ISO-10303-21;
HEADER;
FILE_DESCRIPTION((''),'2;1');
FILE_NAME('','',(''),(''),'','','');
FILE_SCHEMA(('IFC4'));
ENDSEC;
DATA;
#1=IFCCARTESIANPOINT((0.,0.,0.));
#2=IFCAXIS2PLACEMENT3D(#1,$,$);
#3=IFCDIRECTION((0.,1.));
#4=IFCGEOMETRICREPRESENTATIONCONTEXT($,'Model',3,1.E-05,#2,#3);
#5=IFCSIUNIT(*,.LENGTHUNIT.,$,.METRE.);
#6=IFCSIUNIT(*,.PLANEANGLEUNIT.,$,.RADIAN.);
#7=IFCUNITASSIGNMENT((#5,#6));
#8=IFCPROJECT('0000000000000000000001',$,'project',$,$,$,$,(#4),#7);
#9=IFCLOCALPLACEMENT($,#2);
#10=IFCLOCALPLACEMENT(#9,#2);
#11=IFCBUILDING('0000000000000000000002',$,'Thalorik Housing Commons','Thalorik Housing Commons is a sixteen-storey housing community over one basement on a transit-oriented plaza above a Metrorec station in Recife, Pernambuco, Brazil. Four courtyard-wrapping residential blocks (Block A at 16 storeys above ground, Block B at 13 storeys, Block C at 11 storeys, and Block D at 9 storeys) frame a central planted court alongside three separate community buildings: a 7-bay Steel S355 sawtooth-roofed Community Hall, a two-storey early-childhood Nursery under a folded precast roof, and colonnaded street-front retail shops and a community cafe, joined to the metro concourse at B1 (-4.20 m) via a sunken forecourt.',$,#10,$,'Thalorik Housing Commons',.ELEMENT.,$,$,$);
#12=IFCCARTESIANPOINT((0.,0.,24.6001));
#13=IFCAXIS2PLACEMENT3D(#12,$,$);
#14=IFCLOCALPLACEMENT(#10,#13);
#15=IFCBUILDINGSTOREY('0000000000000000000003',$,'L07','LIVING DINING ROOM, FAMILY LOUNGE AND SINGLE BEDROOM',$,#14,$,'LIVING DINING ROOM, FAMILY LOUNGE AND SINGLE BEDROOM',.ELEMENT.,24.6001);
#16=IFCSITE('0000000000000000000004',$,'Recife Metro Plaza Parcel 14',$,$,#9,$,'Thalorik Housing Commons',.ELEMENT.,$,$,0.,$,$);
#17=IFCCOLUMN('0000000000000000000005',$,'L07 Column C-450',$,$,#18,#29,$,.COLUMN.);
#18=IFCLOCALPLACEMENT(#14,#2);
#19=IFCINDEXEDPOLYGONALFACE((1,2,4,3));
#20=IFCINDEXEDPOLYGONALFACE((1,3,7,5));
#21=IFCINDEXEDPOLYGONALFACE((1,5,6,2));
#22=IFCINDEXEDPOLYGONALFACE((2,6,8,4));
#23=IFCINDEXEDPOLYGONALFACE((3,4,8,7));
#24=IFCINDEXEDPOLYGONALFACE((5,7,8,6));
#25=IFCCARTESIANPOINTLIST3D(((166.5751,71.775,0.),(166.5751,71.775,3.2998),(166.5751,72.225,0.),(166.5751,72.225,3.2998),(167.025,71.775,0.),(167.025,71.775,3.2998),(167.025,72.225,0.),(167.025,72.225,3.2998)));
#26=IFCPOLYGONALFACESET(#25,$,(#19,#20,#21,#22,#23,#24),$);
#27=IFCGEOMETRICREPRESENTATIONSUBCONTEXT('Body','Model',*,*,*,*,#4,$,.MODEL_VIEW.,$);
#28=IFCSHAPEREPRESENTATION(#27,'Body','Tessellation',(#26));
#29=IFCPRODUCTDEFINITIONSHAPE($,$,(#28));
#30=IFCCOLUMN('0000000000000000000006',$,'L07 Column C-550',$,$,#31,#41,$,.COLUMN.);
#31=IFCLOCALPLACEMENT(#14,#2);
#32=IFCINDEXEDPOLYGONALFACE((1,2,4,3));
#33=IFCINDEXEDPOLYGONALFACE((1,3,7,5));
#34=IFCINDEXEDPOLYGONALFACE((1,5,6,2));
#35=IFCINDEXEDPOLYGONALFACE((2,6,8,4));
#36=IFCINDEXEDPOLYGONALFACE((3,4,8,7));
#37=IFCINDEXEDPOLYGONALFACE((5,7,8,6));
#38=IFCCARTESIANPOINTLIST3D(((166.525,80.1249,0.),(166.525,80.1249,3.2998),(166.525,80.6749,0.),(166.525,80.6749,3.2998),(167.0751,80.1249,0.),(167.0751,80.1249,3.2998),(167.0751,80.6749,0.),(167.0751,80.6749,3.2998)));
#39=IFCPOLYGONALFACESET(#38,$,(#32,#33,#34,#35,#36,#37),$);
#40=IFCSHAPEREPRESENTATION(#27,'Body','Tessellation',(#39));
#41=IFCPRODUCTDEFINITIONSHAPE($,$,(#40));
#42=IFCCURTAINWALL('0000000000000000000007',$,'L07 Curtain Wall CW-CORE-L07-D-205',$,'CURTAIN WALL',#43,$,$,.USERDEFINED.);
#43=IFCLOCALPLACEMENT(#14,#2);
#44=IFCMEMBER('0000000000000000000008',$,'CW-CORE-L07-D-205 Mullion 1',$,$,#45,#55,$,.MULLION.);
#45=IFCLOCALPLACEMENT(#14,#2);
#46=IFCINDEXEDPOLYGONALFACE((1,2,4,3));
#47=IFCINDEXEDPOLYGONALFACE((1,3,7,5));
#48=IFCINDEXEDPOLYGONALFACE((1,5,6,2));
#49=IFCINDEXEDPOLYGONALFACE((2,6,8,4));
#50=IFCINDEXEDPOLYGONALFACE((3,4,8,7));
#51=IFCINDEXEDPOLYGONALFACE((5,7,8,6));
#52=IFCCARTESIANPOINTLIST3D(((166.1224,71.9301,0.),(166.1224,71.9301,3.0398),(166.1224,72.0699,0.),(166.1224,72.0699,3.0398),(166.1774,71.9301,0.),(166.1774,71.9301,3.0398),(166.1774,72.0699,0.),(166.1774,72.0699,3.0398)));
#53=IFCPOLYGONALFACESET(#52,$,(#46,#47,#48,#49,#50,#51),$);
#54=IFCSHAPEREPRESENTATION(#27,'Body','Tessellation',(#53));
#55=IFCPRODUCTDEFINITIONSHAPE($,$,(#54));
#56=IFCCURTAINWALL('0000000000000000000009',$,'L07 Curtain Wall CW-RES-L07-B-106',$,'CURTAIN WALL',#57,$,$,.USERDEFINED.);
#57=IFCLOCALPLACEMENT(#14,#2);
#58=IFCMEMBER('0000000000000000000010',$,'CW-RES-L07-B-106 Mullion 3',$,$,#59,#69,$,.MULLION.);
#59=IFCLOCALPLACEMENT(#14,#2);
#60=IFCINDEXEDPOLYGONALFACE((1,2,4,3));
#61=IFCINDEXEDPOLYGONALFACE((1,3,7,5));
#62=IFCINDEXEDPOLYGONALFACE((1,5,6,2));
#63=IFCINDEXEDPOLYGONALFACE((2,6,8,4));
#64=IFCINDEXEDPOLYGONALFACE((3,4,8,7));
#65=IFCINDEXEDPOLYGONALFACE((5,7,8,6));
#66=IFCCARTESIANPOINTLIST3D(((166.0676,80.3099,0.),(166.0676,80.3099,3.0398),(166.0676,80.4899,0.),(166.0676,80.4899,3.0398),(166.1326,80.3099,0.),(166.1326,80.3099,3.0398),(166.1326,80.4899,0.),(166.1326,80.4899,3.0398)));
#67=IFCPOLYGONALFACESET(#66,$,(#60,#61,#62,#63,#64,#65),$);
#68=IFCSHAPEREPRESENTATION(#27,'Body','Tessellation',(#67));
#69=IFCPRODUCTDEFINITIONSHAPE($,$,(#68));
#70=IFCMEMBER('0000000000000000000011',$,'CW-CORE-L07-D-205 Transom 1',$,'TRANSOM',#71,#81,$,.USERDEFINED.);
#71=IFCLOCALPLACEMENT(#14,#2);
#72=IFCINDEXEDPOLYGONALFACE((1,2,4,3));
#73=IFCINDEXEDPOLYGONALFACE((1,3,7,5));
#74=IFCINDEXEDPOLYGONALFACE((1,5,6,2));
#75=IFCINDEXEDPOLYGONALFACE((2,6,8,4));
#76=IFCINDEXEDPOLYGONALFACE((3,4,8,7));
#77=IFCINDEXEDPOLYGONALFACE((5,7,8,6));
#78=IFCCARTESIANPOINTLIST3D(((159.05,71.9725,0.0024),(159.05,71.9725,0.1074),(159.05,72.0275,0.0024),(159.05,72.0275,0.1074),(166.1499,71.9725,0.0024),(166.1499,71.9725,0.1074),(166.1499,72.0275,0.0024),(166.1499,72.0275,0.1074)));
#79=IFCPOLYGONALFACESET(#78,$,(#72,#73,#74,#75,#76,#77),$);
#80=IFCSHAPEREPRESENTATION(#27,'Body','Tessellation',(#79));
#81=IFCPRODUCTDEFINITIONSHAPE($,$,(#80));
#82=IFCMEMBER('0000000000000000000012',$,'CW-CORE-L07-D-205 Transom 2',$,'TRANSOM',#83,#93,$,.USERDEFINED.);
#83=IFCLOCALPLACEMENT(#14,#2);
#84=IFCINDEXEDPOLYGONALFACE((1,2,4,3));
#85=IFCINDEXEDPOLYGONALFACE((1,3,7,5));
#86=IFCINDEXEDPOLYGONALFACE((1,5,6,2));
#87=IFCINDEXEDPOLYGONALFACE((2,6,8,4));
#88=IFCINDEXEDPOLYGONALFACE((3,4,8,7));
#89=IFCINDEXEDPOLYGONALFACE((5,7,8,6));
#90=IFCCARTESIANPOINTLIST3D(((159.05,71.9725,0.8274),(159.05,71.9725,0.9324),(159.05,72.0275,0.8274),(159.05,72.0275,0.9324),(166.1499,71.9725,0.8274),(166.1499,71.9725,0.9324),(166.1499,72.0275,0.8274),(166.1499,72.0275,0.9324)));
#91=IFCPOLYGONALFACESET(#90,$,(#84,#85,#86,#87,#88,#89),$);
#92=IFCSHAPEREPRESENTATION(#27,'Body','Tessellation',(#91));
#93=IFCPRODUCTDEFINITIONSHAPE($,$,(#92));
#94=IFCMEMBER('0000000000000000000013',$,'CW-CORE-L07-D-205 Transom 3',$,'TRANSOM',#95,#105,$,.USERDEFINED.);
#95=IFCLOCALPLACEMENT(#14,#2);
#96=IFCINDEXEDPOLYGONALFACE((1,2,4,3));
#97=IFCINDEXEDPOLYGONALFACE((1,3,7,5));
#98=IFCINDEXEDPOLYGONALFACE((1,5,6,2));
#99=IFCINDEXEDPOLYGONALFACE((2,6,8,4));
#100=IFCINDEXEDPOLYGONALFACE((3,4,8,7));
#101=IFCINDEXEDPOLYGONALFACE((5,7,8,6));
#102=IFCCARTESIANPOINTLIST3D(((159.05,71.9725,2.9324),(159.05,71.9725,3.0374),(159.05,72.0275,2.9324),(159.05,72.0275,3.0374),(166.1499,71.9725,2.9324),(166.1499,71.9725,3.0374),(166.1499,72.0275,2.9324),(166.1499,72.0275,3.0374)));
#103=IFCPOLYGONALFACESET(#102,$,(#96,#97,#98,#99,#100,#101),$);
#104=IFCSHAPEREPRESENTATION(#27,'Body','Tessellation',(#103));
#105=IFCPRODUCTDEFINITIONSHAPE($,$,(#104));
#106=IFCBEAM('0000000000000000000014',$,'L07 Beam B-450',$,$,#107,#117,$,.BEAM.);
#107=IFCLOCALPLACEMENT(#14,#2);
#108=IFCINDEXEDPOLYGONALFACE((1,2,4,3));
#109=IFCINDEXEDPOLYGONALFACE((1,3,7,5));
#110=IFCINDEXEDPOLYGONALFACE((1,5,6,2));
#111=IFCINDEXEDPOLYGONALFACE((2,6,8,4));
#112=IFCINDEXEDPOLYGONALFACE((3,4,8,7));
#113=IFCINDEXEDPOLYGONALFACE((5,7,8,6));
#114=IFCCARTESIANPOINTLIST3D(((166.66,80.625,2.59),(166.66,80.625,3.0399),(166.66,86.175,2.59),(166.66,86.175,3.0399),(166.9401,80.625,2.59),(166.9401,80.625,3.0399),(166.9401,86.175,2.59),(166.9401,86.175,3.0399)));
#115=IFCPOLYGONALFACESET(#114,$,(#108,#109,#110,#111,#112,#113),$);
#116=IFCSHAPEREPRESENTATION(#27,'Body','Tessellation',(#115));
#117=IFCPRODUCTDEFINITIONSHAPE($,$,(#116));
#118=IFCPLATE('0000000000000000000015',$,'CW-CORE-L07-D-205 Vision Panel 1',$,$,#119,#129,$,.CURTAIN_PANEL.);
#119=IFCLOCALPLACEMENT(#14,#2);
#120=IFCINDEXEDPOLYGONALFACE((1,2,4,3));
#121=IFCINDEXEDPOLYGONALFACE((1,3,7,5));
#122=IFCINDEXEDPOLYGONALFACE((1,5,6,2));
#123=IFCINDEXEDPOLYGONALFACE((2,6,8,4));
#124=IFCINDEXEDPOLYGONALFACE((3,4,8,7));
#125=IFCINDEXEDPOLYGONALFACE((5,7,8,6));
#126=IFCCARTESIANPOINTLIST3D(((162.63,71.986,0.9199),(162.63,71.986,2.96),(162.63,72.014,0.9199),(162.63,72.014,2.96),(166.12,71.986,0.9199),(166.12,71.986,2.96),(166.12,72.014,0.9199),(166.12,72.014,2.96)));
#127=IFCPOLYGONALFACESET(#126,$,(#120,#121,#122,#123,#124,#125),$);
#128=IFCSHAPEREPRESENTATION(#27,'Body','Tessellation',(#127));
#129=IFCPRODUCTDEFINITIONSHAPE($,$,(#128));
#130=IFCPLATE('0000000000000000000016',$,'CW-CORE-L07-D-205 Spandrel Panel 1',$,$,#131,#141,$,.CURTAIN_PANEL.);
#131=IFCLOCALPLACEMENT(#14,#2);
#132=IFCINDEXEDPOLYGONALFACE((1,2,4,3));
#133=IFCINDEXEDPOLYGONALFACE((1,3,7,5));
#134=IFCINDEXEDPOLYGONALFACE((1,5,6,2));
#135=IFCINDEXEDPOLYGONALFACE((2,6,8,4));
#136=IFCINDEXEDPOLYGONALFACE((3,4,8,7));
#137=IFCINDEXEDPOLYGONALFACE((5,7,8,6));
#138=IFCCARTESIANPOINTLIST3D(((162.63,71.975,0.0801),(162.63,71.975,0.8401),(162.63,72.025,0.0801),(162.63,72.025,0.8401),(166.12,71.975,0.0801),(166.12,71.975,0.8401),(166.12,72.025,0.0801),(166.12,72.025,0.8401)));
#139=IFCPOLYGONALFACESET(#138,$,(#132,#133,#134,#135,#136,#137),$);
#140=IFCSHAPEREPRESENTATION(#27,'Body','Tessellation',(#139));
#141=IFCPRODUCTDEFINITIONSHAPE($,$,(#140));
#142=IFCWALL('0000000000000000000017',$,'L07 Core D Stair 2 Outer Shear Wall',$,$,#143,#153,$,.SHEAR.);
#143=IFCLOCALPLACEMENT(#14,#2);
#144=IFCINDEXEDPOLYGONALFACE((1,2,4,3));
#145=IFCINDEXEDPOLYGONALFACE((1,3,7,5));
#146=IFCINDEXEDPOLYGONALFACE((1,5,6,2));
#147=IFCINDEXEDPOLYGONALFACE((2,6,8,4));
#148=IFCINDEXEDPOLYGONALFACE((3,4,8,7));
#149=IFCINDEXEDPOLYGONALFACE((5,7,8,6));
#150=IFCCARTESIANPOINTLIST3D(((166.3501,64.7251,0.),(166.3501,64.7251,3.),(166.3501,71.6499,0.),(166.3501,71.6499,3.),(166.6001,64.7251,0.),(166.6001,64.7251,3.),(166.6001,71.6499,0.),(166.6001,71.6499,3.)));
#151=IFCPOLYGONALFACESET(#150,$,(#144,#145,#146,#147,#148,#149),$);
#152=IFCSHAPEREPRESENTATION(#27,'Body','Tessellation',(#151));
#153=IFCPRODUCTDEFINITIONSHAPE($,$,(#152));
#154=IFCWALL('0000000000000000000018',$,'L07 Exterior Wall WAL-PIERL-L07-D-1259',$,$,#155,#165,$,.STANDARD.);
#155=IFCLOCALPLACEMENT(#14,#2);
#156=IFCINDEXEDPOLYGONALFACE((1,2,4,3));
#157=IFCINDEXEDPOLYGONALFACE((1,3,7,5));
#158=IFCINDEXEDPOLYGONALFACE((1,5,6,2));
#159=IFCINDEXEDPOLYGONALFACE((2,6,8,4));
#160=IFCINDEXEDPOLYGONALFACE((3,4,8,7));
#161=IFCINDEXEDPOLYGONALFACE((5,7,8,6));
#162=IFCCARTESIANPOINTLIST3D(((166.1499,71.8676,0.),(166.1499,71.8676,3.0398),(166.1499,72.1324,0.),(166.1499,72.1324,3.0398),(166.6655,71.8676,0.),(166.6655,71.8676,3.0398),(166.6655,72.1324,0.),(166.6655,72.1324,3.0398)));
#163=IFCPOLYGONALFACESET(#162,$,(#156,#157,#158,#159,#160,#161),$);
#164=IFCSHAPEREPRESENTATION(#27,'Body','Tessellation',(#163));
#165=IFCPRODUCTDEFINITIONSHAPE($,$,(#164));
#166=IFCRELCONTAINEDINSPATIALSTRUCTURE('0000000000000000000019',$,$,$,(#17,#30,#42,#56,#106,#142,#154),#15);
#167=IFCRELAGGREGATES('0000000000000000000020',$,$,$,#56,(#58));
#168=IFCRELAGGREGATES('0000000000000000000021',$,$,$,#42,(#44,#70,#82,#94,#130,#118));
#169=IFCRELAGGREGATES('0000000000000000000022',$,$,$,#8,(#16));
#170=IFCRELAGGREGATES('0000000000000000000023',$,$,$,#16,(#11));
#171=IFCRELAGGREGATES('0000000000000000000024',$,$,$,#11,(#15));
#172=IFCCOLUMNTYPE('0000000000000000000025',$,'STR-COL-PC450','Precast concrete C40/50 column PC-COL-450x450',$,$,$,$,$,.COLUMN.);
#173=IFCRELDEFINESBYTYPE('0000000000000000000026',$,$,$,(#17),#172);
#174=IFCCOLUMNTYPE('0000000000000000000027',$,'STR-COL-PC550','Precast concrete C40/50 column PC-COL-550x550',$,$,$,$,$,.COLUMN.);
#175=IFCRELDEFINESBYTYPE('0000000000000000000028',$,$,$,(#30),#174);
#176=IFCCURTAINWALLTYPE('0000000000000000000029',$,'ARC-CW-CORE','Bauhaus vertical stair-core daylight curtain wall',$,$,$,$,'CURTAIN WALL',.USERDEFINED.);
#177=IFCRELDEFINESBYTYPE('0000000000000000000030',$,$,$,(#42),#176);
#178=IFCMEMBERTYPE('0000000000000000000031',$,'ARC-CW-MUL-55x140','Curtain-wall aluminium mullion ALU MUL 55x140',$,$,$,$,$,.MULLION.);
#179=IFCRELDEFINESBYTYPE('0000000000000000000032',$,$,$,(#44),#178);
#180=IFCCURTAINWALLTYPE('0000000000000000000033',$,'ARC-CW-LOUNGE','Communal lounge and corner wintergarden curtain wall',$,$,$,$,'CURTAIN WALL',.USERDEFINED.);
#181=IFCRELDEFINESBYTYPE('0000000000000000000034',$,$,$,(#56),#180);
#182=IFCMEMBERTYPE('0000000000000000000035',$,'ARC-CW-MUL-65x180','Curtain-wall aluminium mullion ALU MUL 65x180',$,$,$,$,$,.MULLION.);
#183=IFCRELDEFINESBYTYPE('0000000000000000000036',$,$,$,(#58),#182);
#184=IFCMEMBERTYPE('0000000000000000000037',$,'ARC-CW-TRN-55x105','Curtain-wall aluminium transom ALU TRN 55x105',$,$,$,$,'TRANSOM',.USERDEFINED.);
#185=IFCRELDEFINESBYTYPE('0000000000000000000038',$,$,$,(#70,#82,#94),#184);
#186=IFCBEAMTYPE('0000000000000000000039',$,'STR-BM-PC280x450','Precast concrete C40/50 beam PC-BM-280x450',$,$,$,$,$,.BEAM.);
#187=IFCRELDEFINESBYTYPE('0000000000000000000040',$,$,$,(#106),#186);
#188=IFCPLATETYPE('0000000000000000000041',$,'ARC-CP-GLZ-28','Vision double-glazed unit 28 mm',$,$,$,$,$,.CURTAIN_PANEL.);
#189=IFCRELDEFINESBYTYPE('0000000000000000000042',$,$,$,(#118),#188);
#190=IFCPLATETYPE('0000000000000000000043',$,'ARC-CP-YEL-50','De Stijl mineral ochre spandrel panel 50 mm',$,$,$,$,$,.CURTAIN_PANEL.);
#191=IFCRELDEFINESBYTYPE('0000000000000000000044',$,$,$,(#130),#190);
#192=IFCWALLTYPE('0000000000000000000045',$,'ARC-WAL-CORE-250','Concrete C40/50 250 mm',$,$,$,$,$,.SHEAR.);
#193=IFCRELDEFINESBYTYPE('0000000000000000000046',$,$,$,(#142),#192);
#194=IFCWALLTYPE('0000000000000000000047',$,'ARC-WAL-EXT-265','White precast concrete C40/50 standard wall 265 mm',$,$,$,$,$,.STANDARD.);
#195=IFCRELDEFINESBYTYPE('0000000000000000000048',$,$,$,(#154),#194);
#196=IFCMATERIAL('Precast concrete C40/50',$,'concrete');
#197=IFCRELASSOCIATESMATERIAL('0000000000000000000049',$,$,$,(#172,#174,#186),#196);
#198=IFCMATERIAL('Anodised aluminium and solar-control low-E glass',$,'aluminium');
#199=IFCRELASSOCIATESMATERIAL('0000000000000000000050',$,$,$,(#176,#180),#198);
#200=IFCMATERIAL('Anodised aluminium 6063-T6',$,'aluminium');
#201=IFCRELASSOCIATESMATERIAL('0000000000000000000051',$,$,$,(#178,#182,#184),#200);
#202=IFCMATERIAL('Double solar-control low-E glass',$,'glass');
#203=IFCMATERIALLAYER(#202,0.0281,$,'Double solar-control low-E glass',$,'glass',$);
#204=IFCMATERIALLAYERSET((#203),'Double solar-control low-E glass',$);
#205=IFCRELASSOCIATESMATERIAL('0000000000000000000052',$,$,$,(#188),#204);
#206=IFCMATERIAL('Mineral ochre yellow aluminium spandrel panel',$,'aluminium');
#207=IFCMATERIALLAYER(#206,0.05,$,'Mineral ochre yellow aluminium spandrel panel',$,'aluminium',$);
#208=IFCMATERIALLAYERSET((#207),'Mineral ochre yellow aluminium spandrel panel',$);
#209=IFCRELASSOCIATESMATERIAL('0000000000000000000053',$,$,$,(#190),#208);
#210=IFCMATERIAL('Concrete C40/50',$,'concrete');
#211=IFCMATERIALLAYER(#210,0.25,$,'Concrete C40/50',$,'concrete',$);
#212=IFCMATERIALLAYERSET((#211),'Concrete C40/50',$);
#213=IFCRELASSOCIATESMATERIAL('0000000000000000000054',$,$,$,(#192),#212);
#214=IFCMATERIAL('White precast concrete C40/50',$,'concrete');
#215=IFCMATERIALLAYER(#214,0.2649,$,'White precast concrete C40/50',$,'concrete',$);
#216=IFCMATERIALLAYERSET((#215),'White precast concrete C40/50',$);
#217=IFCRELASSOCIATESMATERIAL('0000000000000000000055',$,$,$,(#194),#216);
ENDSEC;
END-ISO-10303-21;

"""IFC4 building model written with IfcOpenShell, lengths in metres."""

from ifc_helpers import new_model, si_unit, direction, frame, frame_2d, origin, origin_2d, place, context, subcontext, project, spatial, rectangle, extrude, material, layer, layer_set, material_profile, profile_set, type_object, element, aggregate, save


model = new_model("IFC4")

# Units and contexts
model_context = context("Model", 3, precision=1e-05, world=origin(), true_north=direction((0.0, 1.0)))
body_context = subcontext(model_context, "Body", "Model", "MODEL_VIEW")
ifc_project = project(units=[si_unit("LENGTHUNIT", "METRE"), si_unit("PLANEANGLEUNIT", "RADIAN")], contexts=[model_context])

# Site, building, storey
site_placement = place(None, origin())
site = spatial("IfcSite", under=ifc_project, at=site_placement, Name="Recife Metro Plaza Parcel 14", LongName="Thalorik Housing Commons", CompositionType="ELEMENT", RefElevation=0.0)
building_placement = place(site_placement, origin())
building = spatial("IfcBuilding", under=site, at=building_placement, Name="Thalorik Housing Commons", Description="Thalorik Housing Commons is a sixteen-storey housing community over one basement on a transit-oriented plaza above a Metrorec station in Recife, Pernambuco, Brazil. Four courtyard-wrapping residential blocks (Block A at 16 storeys above ground, Block B at 13 storeys, Block C at 11 storeys, and Block D at 9 storeys) frame a central planted court alongside three separate community buildings: a 7-bay Steel S355 sawtooth-roofed Community Hall, a two-storey early-childhood Nursery under a folded precast roof, and colonnaded street-front retail shops and a community cafe, joined to the metro concourse at B1 (-4.20 m) via a sunken forecourt.", LongName="Thalorik Housing Commons", CompositionType="ELEMENT")
storey_placement = place(building_placement, frame((0.0, 0.0, 24.6001)))
storey = spatial("IfcBuildingStorey", under=building, at=storey_placement, Name="L07", Description="LIVING DINING ROOM, FAMILY LOUNGE AND SINGLE BEDROOM", LongName="LIVING DINING ROOM, FAMILY LOUNGE AND SINGLE BEDROOM", CompositionType="ELEMENT", Elevation=24.6001)

# Columns
ifc_material_1 = material(Name="Precast concrete C40/50", Category="concrete")
ifc_material_profile_1 = material_profile(ifc_material_1, rectangle(XDim=0.45, YDim=0.45, at=origin_2d()), Name="PC 450x450", Category="concrete")
ifc_profile_set_1 = profile_set([ifc_material_profile_1], Name="Precast concrete C40/50")
column_type_1 = type_object("IfcColumnType", Name="STR-COL-PC450", Description="Precast concrete C40/50 column PC-COL-450x450", PredefinedType="COLUMN", material=ifc_profile_set_1)
column_1_placement = place(storey_placement, frame((166.8, 72.0, 0.0), z_axis=(0.0, 0.0, 1.0), x_axis=(1.0, 0.0, 0.0)))
element("IfcColumn", 1, at=column_1_placement, inside=storey, type_object=column_type_1, Name="L07 Column C-450", PredefinedType="COLUMN", context=body_context, shape_type="SweptSolid", body=[
    extrude(rectangle(XDim=0.45, YDim=0.45, at=origin_2d()), origin(), (0.0, 0.0, 1.0), 3.2998),
])
ifc_material_profile_2 = material_profile(ifc_material_1, rectangle(XDim=0.55, YDim=0.55, at=origin_2d()), Name="PC 550x550", Category="concrete")
ifc_profile_set_2 = profile_set([ifc_material_profile_2], Name="Precast concrete C40/50")
column_type_2 = type_object("IfcColumnType", Name="STR-COL-PC550", Description="Precast concrete C40/50 column PC-COL-550x550", PredefinedType="COLUMN", material=ifc_profile_set_2)
column_2_placement = place(storey_placement, frame((166.8, 80.3999, 0.0), z_axis=(0.0, 0.0, 1.0), x_axis=(1.0, 0.0, 0.0)))
element("IfcColumn", 2, at=column_2_placement, inside=storey, type_object=column_type_2, Name="L07 Column C-550", PredefinedType="COLUMN", context=body_context, shape_type="SweptSolid", body=[
    extrude(rectangle(XDim=0.55, YDim=0.55, at=origin_2d()), origin(), (0.0, 0.0, 1.0), 3.2998),
])

# Curtain walls, members
ifc_material_2 = material(Name="Anodised aluminium and solar-control low-E glass", Category="aluminium")
curtain_wall_type_1 = type_object("IfcCurtainWallType", Name="ARC-CW-CORE", Description="Bauhaus vertical stair-core daylight curtain wall", ElementType="CURTAIN WALL", PredefinedType="USERDEFINED", material=ifc_material_2)
curtain_wall_1_placement = place(storey_placement, origin())
curtain_wall_1 = element("IfcCurtainWall", 3, at=curtain_wall_1_placement, inside=storey, type_object=curtain_wall_type_1, Name="L07 Curtain Wall CW-CORE-L07-D-205", ObjectType="CURTAIN WALL", PredefinedType="USERDEFINED")
ifc_material_3 = material(Name="Anodised aluminium 6063-T6", Category="aluminium")
ifc_material_profile_3 = material_profile(ifc_material_3, rectangle(XDim=0.0549, YDim=0.1399, at=origin_2d()), Name="ALU MUL 55x140", Category="aluminium")
ifc_profile_set_3 = profile_set([ifc_material_profile_3], Name="Anodised aluminium 6063-T6")
member_type_1 = type_object("IfcMemberType", Name="ARC-CW-MUL-55x140", Description="Curtain-wall aluminium mullion ALU MUL 55x140", PredefinedType="MULLION", material=ifc_profile_set_3)
member_1_placement = place(storey_placement, frame((166.1499, 72.0, 0.0), z_axis=(0.0, 0.0, 1.0), x_axis=(-1.0, 0.0, 0.0)))
member_1 = element("IfcMember", 4, at=member_1_placement, type_object=member_type_1, Name="CW-CORE-L07-D-205 Mullion 1", PredefinedType="MULLION", context=body_context, shape_type="SweptSolid", body=[
    extrude(rectangle(XDim=0.0549, YDim=0.1399, at=origin_2d()), origin(), (0.0, 0.0, 1.0), 3.0398),
])
curtain_wall_type_2 = type_object("IfcCurtainWallType", Name="ARC-CW-LOUNGE", Description="Communal lounge and corner wintergarden curtain wall", ElementType="CURTAIN WALL", PredefinedType="USERDEFINED", material=ifc_material_2)
curtain_wall_2_placement = place(storey_placement, origin())
curtain_wall_2 = element("IfcCurtainWall", 5, at=curtain_wall_2_placement, inside=storey, type_object=curtain_wall_type_2, Name="L07 Curtain Wall CW-RES-L07-B-106", ObjectType="CURTAIN WALL", PredefinedType="USERDEFINED")
ifc_material_profile_4 = material_profile(ifc_material_3, rectangle(XDim=0.0649, YDim=0.1799, at=origin_2d()), Name="ALU MUL 65x180", Category="aluminium")
ifc_profile_set_4 = profile_set([ifc_material_profile_4], Name="Anodised aluminium 6063-T6")
member_type_2 = type_object("IfcMemberType", Name="ARC-CW-MUL-65x180", Description="Curtain-wall aluminium mullion ALU MUL 65x180", PredefinedType="MULLION", material=ifc_profile_set_4)
member_2_placement = place(storey_placement, frame((166.1001, 80.3999, 0.0), z_axis=(0.0, 0.0, 1.0), x_axis=(1.0, 0.0, 0.0)))
member_2 = element("IfcMember", 6, at=member_2_placement, type_object=member_type_2, Name="CW-RES-L07-B-106 Mullion 3", PredefinedType="MULLION", context=body_context, shape_type="SweptSolid", body=[
    extrude(rectangle(XDim=0.0649, YDim=0.1799, at=origin_2d()), origin(), (0.0, 0.0, 1.0), 3.0398),
])
aggregate(curtain_wall_2, [member_2])

# Members
ifc_material_profile_5 = material_profile(ifc_material_3, rectangle(XDim=0.0549, YDim=0.105, at=origin_2d()), Name="ALU TRN 55x105", Category="aluminium")
ifc_profile_set_5 = profile_set([ifc_material_profile_5], Name="Anodised aluminium 6063-T6")
member_type_3 = type_object("IfcMemberType", Name="ARC-CW-TRN-55x105", Description="Curtain-wall aluminium transom ALU TRN 55x105", ElementType="TRANSOM", PredefinedType="USERDEFINED", material=ifc_profile_set_5)
member_3_placement = place(storey_placement, frame((166.1499, 72.0, 0.0549), z_axis=(-1.0, 0.0, 0.0), x_axis=(0.0, -1.0, 0.0)))
member_3 = element("IfcMember", 7, at=member_3_placement, type_object=member_type_3, Name="CW-CORE-L07-D-205 Transom 1", ObjectType="TRANSOM", PredefinedType="USERDEFINED", context=body_context, shape_type="SweptSolid", body=[
    extrude(rectangle(XDim=0.0549, YDim=0.105, at=origin_2d()), origin(), (0.0, 0.0, 1.0), 7.0999),
])
member_4_placement = place(storey_placement, frame((166.1499, 72.0, 0.8799), z_axis=(-1.0, 0.0, 0.0), x_axis=(0.0, -1.0, 0.0)))
member_4 = element("IfcMember", 8, at=member_4_placement, type_object=member_type_3, Name="CW-CORE-L07-D-205 Transom 2", ObjectType="TRANSOM", PredefinedType="USERDEFINED", context=body_context, shape_type="SweptSolid", body=[
    extrude(rectangle(XDim=0.0549, YDim=0.105, at=origin_2d()), origin(), (0.0, 0.0, 1.0), 7.0999),
])
member_5_placement = place(storey_placement, frame((166.1499, 72.0, 2.9849), z_axis=(-1.0, 0.0, 0.0), x_axis=(0.0, -1.0, 0.0)))
member_5 = element("IfcMember", 9, at=member_5_placement, type_object=member_type_3, Name="CW-CORE-L07-D-205 Transom 3", ObjectType="TRANSOM", PredefinedType="USERDEFINED", context=body_context, shape_type="SweptSolid", body=[
    extrude(rectangle(XDim=0.0549, YDim=0.105, at=origin_2d()), origin(), (0.0, 0.0, 1.0), 7.0999),
])

# Beam
ifc_material_profile_6 = material_profile(ifc_material_1, rectangle(XDim=0.28, YDim=0.45, at=origin_2d()), Name="PC 280x450", Category="concrete")
ifc_profile_set_6 = profile_set([ifc_material_profile_6], Name="Precast concrete C40/50")
beam_type = type_object("IfcBeamType", Name="STR-BM-PC280x450", Description="Precast concrete C40/50 beam PC-BM-280x450", PredefinedType="BEAM", material=ifc_profile_set_6)
beam_placement = place(storey_placement, frame((166.8, 80.625, 2.8149), z_axis=(0.0, 1.0, 0.0), x_axis=(-1.0, 0.0, 0.0)))
element("IfcBeam", 10, at=beam_placement, inside=storey, type_object=beam_type, Name="L07 Beam B-450", PredefinedType="BEAM", context=body_context, shape_type="SweptSolid", body=[
    extrude(rectangle(XDim=0.28, YDim=0.45, at=origin_2d()), origin(), (0.0, 0.0, 1.0), 5.55),
])

# Plates
ifc_material_4 = material(Name="Double solar-control low-E glass", Category="glass")
ifc_layer_1 = layer(ifc_material_4, 0.0281, Name="Double solar-control low-E glass", Category="glass")
ifc_layer_set_1 = layer_set([ifc_layer_1], Name="Double solar-control low-E glass")
plate_type_1 = type_object("IfcPlateType", Name="ARC-CP-GLZ-28", Description="Vision double-glazed unit 28 mm", PredefinedType="CURTAIN_PANEL", material=ifc_layer_set_1)
plate_1_placement = place(storey_placement, frame((164.375, 72.0, 0.9199), z_axis=(0.0, 0.0, 1.0), x_axis=(-1.0, 0.0, 0.0)))
plate_1 = element("IfcPlate", 11, at=plate_1_placement, type_object=plate_type_1, Name="CW-CORE-L07-D-205 Vision Panel 1", PredefinedType="CURTAIN_PANEL", context=body_context, shape_type="SweptSolid", body=[
    extrude(rectangle(XDim=3.49, YDim=0.0281, at=origin_2d()), origin(), (0.0, 0.0, 1.0), 2.04),
])
ifc_material_5 = material(Name="Mineral ochre yellow aluminium spandrel panel", Category="aluminium")
ifc_layer_2 = layer(ifc_material_5, 0.05, Name="Mineral ochre yellow aluminium spandrel panel", Category="aluminium")
ifc_layer_set_2 = layer_set([ifc_layer_2], Name="Mineral ochre yellow aluminium spandrel panel")
plate_type_2 = type_object("IfcPlateType", Name="ARC-CP-YEL-50", Description="De Stijl mineral ochre spandrel panel 50 mm", PredefinedType="CURTAIN_PANEL", material=ifc_layer_set_2)
plate_2_placement = place(storey_placement, frame((164.375, 72.0, 0.0801), z_axis=(0.0, 0.0, 1.0), x_axis=(-1.0, 0.0, 0.0)))
plate_2 = element("IfcPlate", 12, at=plate_2_placement, type_object=plate_type_2, Name="CW-CORE-L07-D-205 Spandrel Panel 1", PredefinedType="CURTAIN_PANEL", context=body_context, shape_type="SweptSolid", body=[
    extrude(rectangle(XDim=3.49, YDim=0.05, at=origin_2d()), origin(), (0.0, 0.0, 1.0), 0.76),
])
aggregate(curtain_wall_1, [member_1, member_3, member_4, member_5, plate_2, plate_1])

# Walls
ifc_material_6 = material(Name="Concrete C40/50", Category="concrete")
ifc_layer_3 = layer(ifc_material_6, 0.25, Name="Concrete C40/50", Category="concrete")
ifc_layer_set_3 = layer_set([ifc_layer_3], Name="Concrete C40/50")
wall_type_1 = type_object("IfcWallType", Name="ARC-WAL-CORE-250", Description="Concrete C40/50 250 mm", PredefinedType="SHEAR", material=ifc_layer_set_3)
wall_1_placement = place(storey_placement, frame((166.4751, 71.6499, 0.0), z_axis=(0.0, 0.0, 1.0), x_axis=(0.0, -1.0, 0.0)))
element("IfcWall", 13, at=wall_1_placement, inside=storey, type_object=wall_type_1, Name="L07 Core D Stair 2 Outer Shear Wall", PredefinedType="SHEAR", context=body_context, shape_type="SweptSolid", body=[
    extrude(rectangle(XDim=6.9248, YDim=0.25, at=frame_2d((3.4624, 0.0))), origin(), (0.0, 0.0, 1.0), 3.0),
])
ifc_material_7 = material(Name="White precast concrete C40/50", Category="concrete")
ifc_layer_4 = layer(ifc_material_7, 0.2649, Name="White precast concrete C40/50", Category="concrete")
ifc_layer_set_4 = layer_set([ifc_layer_4], Name="White precast concrete C40/50")
wall_type_2 = type_object("IfcWallType", Name="ARC-WAL-EXT-265", Description="White precast concrete C40/50 standard wall 265 mm", PredefinedType="STANDARD", material=ifc_layer_set_4)
wall_2_placement = place(storey_placement, frame((166.6655, 72.0, 0.0), z_axis=(0.0, 0.0, 1.0), x_axis=(-1.0, 0.0, 0.0)))
element("IfcWall", 14, at=wall_2_placement, inside=storey, type_object=wall_type_2, Name="L07 Exterior Wall WAL-PIERL-L07-D-1259", PredefinedType="STANDARD", context=body_context, shape_type="SweptSolid", body=[
    extrude(rectangle(XDim=0.5156, YDim=0.2649, at=frame_2d((0.2578, 0.0))), origin(), (0.0, 0.0, 1.0), 3.0398),
])

save(model, "model.ifc")
